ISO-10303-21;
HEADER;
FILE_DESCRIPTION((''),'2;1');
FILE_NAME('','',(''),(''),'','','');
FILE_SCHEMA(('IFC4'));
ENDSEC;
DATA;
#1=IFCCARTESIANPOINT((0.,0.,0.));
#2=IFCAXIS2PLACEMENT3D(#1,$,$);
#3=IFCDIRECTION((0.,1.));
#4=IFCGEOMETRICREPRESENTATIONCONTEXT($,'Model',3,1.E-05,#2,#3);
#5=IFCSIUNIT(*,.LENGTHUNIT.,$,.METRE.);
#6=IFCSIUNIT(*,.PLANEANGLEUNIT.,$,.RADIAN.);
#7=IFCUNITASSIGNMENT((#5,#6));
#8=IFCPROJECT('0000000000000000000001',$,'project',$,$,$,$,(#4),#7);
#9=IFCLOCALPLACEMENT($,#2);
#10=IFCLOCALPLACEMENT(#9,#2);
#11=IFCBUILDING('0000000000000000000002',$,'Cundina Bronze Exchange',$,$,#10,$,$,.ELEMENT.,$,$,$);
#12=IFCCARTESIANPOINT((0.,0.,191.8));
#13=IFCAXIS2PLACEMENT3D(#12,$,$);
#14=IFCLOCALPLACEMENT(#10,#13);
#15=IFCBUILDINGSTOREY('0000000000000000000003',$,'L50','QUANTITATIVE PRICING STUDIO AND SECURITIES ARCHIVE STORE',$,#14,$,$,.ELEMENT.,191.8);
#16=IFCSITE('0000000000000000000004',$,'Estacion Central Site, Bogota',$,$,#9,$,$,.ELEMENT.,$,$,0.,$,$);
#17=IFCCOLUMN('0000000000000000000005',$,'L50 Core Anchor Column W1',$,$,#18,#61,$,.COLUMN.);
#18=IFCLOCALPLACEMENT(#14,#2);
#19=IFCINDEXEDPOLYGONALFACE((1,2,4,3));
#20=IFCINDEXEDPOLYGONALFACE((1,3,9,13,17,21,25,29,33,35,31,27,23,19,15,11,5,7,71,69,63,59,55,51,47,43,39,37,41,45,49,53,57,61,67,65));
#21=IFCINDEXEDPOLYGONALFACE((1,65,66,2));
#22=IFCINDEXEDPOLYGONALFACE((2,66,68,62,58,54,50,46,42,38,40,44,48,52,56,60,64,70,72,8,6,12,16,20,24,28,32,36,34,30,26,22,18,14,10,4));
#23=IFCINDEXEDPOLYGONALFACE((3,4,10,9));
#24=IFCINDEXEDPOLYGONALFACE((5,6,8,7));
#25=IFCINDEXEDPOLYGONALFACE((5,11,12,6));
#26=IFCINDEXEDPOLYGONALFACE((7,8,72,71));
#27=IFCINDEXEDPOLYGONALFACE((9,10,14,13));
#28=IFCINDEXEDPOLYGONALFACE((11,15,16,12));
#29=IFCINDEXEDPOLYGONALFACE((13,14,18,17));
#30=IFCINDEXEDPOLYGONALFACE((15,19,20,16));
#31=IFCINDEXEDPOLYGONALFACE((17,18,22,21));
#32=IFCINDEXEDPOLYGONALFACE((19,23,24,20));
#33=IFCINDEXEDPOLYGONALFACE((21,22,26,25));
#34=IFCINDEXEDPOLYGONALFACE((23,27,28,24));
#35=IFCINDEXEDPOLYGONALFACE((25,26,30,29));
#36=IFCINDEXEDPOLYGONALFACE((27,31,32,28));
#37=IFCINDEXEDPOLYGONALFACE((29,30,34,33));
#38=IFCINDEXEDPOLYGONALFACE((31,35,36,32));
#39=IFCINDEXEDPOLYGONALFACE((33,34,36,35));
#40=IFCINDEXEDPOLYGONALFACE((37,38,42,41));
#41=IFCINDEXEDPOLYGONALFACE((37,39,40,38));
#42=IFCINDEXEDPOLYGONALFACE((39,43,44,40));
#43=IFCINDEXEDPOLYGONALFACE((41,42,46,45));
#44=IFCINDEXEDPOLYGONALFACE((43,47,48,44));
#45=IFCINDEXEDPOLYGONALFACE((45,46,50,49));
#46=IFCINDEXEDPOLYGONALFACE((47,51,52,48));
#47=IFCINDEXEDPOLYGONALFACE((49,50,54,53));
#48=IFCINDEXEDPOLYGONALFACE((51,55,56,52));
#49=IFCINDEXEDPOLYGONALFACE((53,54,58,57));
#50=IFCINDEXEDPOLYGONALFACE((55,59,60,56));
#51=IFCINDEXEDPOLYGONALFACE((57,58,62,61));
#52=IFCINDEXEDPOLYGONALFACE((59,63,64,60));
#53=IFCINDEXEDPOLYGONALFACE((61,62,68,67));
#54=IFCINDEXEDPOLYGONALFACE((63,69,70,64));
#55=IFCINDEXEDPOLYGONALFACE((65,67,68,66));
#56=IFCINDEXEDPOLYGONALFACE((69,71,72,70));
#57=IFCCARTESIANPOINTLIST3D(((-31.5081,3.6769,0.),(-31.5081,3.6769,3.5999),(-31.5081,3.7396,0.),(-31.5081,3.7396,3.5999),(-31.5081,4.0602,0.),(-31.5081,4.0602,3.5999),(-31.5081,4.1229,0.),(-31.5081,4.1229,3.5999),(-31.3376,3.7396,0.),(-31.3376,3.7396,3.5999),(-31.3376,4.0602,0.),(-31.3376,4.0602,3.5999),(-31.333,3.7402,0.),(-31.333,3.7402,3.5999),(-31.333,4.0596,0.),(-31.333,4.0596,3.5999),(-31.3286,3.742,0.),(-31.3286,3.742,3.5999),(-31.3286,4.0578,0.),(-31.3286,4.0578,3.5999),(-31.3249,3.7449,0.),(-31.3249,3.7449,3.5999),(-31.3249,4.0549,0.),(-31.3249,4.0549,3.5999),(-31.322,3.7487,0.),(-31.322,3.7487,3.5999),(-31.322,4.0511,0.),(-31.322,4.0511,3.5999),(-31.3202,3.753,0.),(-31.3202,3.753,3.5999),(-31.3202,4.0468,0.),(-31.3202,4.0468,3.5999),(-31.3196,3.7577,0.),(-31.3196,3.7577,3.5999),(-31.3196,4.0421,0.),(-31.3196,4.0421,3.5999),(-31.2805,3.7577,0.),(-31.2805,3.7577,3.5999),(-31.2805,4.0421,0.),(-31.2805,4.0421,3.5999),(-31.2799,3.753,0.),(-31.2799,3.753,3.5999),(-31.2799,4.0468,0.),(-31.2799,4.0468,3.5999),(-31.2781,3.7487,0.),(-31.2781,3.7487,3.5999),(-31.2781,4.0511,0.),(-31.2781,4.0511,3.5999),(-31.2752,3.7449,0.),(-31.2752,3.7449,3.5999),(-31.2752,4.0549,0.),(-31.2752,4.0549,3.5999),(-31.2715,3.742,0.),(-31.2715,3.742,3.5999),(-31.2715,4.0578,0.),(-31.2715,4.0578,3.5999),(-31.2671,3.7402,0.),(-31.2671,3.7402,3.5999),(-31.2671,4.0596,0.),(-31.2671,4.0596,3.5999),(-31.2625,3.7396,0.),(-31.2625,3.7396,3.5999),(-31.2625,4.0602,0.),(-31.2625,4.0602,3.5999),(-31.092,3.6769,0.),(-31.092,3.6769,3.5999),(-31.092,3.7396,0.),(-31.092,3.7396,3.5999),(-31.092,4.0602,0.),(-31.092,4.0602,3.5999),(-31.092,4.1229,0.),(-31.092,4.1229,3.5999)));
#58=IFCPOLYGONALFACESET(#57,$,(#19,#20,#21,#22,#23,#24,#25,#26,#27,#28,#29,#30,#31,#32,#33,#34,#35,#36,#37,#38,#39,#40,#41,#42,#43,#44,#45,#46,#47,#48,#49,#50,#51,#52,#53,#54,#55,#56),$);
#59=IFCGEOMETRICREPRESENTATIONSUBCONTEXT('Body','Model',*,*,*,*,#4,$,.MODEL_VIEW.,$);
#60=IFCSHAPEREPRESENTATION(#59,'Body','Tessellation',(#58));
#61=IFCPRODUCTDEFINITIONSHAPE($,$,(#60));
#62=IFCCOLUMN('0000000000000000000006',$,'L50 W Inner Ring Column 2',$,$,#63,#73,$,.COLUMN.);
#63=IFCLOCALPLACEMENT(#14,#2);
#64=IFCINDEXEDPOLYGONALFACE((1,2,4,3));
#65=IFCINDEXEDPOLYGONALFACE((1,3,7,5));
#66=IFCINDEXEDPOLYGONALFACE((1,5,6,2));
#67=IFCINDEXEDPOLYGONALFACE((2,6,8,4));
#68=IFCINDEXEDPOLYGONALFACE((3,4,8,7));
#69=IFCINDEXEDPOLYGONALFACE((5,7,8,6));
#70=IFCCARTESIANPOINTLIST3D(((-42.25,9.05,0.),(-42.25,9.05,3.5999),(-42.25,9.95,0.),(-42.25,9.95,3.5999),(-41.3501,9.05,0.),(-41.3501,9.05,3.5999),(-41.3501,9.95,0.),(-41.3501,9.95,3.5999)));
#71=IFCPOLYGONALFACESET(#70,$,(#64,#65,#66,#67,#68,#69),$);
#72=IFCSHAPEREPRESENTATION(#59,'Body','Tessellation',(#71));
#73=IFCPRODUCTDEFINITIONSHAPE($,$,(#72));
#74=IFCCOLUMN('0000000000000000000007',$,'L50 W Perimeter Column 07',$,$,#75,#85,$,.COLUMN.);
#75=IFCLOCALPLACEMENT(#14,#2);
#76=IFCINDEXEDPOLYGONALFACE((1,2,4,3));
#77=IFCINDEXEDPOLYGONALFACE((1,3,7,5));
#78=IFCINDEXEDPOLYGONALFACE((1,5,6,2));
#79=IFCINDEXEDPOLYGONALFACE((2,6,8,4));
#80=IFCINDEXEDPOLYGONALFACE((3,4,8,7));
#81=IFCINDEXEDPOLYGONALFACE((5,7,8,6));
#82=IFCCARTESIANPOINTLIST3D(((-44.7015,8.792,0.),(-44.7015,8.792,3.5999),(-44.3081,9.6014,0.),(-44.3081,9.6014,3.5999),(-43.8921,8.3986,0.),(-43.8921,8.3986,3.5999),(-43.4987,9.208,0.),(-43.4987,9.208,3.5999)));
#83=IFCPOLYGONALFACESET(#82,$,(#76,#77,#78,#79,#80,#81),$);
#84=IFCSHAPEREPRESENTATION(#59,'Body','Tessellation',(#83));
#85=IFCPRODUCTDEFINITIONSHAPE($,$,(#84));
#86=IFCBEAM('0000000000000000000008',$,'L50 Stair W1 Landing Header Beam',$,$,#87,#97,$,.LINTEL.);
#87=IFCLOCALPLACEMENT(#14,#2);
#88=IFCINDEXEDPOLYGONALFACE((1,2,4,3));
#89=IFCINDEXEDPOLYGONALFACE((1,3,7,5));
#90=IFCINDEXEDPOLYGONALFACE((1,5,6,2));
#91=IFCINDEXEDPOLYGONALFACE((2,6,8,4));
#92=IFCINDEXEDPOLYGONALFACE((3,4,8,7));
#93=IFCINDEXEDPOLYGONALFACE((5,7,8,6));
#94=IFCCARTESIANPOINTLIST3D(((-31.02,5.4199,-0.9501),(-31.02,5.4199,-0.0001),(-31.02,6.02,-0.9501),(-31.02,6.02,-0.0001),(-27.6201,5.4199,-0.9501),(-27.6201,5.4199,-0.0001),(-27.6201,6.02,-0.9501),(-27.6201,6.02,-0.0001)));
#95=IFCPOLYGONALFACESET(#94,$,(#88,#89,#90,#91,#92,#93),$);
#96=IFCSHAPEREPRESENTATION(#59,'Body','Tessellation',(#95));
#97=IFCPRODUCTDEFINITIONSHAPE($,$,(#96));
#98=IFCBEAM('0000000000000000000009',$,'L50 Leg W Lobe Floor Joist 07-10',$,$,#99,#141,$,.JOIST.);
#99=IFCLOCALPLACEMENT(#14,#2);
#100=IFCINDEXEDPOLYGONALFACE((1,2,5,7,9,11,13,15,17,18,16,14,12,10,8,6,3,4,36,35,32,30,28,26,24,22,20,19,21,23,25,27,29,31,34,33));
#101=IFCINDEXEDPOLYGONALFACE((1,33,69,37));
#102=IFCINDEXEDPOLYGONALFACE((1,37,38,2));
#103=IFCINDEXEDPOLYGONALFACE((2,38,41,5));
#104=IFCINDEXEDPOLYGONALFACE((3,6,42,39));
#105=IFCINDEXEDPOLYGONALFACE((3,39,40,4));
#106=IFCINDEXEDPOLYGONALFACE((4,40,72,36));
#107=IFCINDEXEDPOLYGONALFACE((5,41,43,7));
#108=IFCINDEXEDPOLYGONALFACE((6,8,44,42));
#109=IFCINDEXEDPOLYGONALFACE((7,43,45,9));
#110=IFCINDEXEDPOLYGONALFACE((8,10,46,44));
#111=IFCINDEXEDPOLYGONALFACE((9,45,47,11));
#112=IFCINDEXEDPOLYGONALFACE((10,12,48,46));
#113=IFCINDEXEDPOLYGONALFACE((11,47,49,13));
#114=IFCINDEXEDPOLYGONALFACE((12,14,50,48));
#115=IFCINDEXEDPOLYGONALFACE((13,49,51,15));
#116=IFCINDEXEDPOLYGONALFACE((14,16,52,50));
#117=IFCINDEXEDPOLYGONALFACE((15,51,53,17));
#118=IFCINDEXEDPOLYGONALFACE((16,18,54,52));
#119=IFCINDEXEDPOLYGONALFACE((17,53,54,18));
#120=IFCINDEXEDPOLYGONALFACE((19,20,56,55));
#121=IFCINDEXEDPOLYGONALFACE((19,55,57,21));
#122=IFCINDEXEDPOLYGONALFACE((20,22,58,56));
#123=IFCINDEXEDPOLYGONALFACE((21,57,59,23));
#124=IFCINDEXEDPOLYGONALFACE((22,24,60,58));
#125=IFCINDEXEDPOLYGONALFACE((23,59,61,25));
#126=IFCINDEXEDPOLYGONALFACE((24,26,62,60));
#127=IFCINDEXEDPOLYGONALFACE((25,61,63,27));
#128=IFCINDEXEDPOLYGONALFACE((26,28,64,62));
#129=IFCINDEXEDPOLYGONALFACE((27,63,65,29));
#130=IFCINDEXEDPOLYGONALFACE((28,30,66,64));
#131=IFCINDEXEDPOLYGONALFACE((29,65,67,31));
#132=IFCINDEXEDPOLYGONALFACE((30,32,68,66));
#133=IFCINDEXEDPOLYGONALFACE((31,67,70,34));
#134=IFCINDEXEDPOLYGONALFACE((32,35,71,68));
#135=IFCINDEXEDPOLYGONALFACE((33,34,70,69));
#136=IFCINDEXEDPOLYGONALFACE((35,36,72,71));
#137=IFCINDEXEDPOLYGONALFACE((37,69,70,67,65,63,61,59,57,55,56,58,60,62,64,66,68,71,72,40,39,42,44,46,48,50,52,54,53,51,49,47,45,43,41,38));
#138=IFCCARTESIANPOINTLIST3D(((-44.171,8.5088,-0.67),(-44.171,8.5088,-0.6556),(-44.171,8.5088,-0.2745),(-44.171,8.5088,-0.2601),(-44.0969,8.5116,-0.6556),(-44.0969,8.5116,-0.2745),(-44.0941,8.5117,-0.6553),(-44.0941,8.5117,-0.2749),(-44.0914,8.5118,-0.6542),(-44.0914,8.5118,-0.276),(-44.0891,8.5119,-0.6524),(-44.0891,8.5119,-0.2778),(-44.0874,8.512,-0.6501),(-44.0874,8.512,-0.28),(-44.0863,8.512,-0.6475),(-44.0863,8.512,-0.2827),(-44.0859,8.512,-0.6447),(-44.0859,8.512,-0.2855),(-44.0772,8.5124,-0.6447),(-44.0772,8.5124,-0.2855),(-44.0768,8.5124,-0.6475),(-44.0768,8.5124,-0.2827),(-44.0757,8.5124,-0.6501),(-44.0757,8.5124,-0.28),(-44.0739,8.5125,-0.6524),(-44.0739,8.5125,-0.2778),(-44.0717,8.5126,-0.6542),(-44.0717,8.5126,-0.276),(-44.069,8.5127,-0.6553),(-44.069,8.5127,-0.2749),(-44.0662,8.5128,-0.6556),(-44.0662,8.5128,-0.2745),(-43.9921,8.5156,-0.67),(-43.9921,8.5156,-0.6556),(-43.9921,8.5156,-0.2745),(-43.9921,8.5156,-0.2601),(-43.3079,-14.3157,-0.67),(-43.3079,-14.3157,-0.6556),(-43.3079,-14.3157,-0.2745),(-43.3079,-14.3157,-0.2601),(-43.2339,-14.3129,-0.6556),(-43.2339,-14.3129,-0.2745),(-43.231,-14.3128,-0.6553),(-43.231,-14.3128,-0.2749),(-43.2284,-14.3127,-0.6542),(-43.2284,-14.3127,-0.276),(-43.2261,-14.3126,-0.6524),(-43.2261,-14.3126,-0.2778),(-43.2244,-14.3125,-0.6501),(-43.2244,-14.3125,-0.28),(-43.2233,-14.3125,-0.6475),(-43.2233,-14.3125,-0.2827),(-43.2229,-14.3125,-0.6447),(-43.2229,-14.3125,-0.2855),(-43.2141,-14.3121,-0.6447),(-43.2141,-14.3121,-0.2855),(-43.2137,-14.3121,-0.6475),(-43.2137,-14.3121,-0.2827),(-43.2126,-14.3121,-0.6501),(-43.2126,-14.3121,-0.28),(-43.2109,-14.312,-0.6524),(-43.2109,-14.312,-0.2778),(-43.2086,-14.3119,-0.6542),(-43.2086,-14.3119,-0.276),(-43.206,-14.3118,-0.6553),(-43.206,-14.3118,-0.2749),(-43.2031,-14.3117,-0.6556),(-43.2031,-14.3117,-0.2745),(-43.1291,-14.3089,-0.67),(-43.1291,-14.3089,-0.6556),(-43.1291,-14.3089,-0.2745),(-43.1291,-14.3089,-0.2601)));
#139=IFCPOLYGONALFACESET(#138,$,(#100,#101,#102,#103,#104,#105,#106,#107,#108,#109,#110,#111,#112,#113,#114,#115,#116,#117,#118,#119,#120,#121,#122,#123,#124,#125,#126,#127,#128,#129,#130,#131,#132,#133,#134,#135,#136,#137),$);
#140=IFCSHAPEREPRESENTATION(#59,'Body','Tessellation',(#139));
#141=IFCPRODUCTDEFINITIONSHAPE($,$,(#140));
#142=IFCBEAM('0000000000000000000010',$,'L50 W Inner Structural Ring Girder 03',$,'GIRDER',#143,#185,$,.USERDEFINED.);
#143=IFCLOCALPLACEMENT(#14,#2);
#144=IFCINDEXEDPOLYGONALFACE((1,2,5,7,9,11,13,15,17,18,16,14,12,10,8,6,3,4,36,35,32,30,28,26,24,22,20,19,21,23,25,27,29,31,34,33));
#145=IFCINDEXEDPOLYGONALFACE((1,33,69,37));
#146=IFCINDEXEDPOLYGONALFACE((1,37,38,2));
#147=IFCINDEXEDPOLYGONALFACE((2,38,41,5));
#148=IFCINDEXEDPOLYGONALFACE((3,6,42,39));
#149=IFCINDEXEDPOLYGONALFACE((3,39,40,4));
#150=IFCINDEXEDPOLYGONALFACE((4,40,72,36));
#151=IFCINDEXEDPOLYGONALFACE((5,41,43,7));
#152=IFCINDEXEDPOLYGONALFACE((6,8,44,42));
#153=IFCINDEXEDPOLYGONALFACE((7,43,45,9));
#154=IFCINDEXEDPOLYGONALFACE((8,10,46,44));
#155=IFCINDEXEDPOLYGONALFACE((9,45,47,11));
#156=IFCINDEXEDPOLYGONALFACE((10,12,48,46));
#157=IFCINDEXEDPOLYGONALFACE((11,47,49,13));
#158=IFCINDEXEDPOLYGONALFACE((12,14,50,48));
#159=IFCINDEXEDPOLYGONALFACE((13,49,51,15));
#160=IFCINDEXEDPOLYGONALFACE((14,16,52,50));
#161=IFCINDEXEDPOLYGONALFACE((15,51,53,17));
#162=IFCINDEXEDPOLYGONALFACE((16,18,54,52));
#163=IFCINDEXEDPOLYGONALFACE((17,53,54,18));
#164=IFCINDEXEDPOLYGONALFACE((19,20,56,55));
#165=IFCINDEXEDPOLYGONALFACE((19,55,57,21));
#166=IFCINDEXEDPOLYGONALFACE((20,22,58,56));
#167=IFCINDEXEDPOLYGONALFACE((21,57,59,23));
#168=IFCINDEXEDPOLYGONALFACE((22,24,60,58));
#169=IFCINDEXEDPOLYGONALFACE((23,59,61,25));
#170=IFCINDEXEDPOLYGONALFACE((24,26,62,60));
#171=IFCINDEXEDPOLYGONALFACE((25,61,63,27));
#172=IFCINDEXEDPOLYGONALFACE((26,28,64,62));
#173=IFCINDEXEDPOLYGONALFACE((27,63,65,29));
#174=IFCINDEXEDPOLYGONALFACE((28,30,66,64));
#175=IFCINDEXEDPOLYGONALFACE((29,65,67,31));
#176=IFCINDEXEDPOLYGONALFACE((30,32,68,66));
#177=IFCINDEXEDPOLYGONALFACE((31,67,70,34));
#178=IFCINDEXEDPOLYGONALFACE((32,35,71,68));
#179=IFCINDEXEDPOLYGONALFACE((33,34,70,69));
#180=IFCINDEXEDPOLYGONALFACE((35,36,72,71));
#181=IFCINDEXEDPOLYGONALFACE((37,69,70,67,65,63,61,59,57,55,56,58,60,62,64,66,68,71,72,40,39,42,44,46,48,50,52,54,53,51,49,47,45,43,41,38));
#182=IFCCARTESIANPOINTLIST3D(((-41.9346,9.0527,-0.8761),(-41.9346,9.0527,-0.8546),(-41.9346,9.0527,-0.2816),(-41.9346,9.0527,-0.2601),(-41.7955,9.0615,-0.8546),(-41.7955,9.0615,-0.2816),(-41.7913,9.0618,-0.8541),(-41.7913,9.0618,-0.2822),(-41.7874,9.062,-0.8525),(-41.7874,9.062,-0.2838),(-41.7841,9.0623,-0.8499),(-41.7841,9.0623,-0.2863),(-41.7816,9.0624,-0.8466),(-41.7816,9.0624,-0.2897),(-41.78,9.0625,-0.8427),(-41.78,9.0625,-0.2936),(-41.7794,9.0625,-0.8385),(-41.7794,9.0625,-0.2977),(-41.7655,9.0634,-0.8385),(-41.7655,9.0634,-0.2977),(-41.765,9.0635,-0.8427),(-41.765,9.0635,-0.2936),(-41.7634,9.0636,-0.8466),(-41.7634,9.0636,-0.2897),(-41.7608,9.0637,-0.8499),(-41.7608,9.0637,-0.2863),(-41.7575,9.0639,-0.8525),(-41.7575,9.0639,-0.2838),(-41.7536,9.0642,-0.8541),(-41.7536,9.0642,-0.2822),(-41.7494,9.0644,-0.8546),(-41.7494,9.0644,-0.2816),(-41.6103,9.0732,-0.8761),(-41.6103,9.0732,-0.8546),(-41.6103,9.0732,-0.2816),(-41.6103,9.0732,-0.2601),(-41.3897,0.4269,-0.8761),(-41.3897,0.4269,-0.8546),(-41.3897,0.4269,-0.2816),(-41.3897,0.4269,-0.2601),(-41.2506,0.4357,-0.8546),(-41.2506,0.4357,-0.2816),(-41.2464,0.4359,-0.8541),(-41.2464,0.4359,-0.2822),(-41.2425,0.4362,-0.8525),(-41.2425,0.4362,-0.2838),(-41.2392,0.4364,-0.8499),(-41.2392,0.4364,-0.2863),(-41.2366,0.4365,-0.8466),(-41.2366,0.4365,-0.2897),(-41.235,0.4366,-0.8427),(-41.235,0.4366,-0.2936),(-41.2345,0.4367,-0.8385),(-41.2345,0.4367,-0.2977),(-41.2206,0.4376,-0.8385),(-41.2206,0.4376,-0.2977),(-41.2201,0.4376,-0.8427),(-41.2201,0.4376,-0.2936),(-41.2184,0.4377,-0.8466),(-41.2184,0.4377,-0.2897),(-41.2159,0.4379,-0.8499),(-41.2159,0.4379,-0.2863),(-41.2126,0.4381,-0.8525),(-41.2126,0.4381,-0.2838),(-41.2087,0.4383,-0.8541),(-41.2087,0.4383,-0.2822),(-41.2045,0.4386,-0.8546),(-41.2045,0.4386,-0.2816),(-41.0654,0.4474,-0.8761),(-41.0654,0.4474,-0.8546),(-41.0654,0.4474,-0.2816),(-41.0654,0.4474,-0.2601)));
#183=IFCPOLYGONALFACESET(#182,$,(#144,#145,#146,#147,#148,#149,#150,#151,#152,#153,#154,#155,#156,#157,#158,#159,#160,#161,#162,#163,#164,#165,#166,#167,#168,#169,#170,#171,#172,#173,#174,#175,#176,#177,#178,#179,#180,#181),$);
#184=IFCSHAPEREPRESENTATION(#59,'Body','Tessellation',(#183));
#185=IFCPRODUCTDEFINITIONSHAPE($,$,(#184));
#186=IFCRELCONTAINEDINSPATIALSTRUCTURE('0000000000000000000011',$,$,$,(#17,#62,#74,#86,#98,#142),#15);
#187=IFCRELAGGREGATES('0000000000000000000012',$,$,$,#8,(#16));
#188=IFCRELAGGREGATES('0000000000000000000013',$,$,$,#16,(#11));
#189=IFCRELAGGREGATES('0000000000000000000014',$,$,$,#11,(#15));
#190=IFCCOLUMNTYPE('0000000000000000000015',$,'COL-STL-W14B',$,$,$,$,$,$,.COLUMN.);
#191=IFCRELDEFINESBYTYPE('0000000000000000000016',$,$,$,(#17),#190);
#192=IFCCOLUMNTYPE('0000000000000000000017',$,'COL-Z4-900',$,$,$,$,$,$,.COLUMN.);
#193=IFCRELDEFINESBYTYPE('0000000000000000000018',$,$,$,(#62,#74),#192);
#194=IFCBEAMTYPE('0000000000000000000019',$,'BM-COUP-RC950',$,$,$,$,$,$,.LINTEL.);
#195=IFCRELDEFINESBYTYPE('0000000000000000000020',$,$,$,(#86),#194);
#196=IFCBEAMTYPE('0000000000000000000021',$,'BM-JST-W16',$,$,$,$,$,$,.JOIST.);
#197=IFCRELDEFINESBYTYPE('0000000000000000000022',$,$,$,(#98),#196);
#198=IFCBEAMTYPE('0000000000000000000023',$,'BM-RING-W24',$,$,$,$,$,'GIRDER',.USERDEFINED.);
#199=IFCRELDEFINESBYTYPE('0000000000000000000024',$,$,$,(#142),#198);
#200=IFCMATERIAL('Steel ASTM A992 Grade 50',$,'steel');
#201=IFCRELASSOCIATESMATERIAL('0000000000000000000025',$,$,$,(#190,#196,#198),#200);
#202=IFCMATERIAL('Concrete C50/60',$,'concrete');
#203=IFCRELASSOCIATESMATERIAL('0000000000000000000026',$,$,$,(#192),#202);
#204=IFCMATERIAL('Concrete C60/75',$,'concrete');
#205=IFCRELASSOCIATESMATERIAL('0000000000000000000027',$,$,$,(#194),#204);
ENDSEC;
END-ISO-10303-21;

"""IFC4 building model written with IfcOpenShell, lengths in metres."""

from ifc_helpers import new_model, si_unit, direction, frame, origin, origin_2d, place, context, subcontext, project, spatial, rectangle, i_section, extrude, material, material_profile, profile_set, type_object, element, save


model = new_model("IFC4")

# Units and contexts
model_context = context("Model", 3, precision=1e-05, world=origin(), true_north=direction((0.0, 1.0)))
body_context = subcontext(model_context, "Body", "Model", "MODEL_VIEW")
ifc_project = project(units=[si_unit("LENGTHUNIT", "METRE"), si_unit("PLANEANGLEUNIT", "RADIAN")], contexts=[model_context])

# Site, building, storey
site_placement = place(None, origin())
site = spatial("IfcSite", under=ifc_project, at=site_placement, Name="Estacion Central Site, Bogota", CompositionType="ELEMENT", RefElevation=0.0)
building_placement = place(site_placement, origin())
building = spatial("IfcBuilding", under=site, at=building_placement, Name="Cundina Bronze Exchange", CompositionType="ELEMENT")
storey_placement = place(building_placement, frame((0.0, 0.0, 191.8)))
storey = spatial("IfcBuildingStorey", under=building, at=storey_placement, Name="L50", Description="QUANTITATIVE PRICING STUDIO AND SECURITIES ARCHIVE STORE", CompositionType="ELEMENT", Elevation=191.8)

# Columns
ifc_material_1 = material(Name="Steel ASTM A992 Grade 50", Category="steel")
ifc_material_profile_1 = material_profile(ifc_material_1, i_section(OverallWidth=0.416, OverallDepth=0.446, WebThickness=0.0391, FlangeThickness=0.0627, FilletRadius=0.0181, at=origin_2d()), Name="W14X342", Category="steel")
ifc_profile_set_1 = profile_set([ifc_material_profile_1], Name="Steel ASTM A992 Grade 50")
column_type_1 = type_object("IfcColumnType", Name="COL-STL-W14B", PredefinedType="COLUMN", material=ifc_profile_set_1)
column_placement = place(storey_placement, frame((-31.3, 3.8999, 0.0), z_axis=(0.0, 0.0, 1.0), x_axis=(1.0, 0.0, 0.0)))
element("IfcColumn", 1, at=column_placement, inside=storey, type_object=column_type_1, Name="L50 Core Anchor Column W1", PredefinedType="COLUMN", context=body_context, shape_type="SweptSolid", body=[
    extrude(i_section(OverallWidth=0.416, OverallDepth=0.446, WebThickness=0.0391, FlangeThickness=0.0627, FilletRadius=0.0181, at=origin_2d()), origin(), (0.0, 0.0, 1.0), 3.5999),
])
ifc_material_2 = material(Name="Concrete C50/60", Category="concrete")
ifc_material_profile_2 = material_profile(ifc_material_2, rectangle(XDim=0.8999, YDim=0.8999, at=origin_2d()), Name="RC900X900", Category="concrete")
ifc_profile_set_2 = profile_set([ifc_material_profile_2], Name="Concrete C50/60")
column_type_2 = type_object("IfcColumnType", Name="COL-Z4-900", PredefinedType="COLUMN", material=ifc_profile_set_2)
for number, where, z_axis, x_axis, name in (
    (2, (-41.8, 9.5, 0.0), (0.0, 0.0, 1.0), (1.0, 0.0, 0.0), "L50 W Inner Ring Column 2"),
    (3, (-44.1001, 9.0, 0.0), (0.0, 0.0, 1.0), (-0.437116, -0.899405, 0.0), "L50 W Perimeter Column 07"),
):
    element("IfcColumn", number, at=place(storey_placement, frame(where, z_axis=z_axis, x_axis=x_axis)), inside=storey, type_object=column_type_2, Name=name, PredefinedType="COLUMN", context=body_context, shape_type="SweptSolid", body=[
        extrude(rectangle(XDim=0.8999, YDim=0.8999, at=origin_2d()), origin(), (0.0, 0.0, 1.0), 3.5999),
    ])

# Beams
ifc_material_3 = material(Name="Concrete C60/75", Category="concrete")
ifc_material_profile_3 = material_profile(ifc_material_3, rectangle(XDim=0.6001, YDim=0.95, at=origin_2d()), Name="RC600X950", Category="concrete")
ifc_profile_set_3 = profile_set([ifc_material_profile_3], Name="Concrete C60/75")
beam_type_1 = type_object("IfcBeamType", Name="BM-COUP-RC950", PredefinedType="LINTEL", material=ifc_profile_set_3)
beam_1_placement = place(storey_placement, frame((-31.02, 5.72, -0.4751), z_axis=(1.0, 0.0, 0.0), x_axis=(0.0, 1.0, 0.0)))
element("IfcBeam", 4, at=beam_1_placement, inside=storey, type_object=beam_type_1, Name="L50 Stair W1 Landing Header Beam", PredefinedType="LINTEL", context=body_context, shape_type="SweptSolid", body=[
    extrude(rectangle(XDim=0.6001, YDim=0.95, at=origin_2d()), origin(), (0.0, 0.0, 1.0), 3.3999),
])
ifc_material_profile_4 = material_profile(ifc_material_1, i_section(OverallWidth=0.179, OverallDepth=0.4099, WebThickness=0.0088, FlangeThickness=0.0144, FilletRadius=0.011, at=origin_2d()), Name="W16X45", Category="steel")
ifc_profile_set_4 = profile_set([ifc_material_profile_4], Name="Steel ASTM A992 Grade 50")
beam_type_2 = type_object("IfcBeamType", Name="BM-JST-W16", PredefinedType="JOIST", material=ifc_profile_set_4)
beam_2_placement = place(storey_placement, frame((-44.0815, 8.5122, -0.4651), z_axis=(0.037785, -0.999286, 0.0), x_axis=(0.999286, 0.037785, 0.0)))
element("IfcBeam", 5, at=beam_2_placement, inside=storey, type_object=beam_type_2, Name="L50 Leg W Lobe Floor Joist 07-10", PredefinedType="JOIST", context=body_context, shape_type="SweptSolid", body=[
    extrude(i_section(OverallWidth=0.179, OverallDepth=0.4099, WebThickness=0.0088, FlangeThickness=0.0144, FilletRadius=0.011, at=origin_2d()), origin(), (0.0, 0.0, 1.0), 22.8408),
])
ifc_material_profile_5 = material_profile(ifc_material_1, i_section(OverallWidth=0.325, OverallDepth=0.616, WebThickness=0.0139, FlangeThickness=0.0215, FilletRadius=0.0161, at=origin_2d()), Name="W24X117", Category="steel")
ifc_profile_set_5 = profile_set([ifc_material_profile_5], Name="Steel ASTM A992 Grade 50")
beam_type_3 = type_object("IfcBeamType", Name="BM-RING-W24", ElementType="GIRDER", PredefinedType="USERDEFINED", material=ifc_profile_set_5)
beam_3_placement = place(storey_placement, frame((-41.7725, 9.063, -0.5681), z_axis=(0.063047, -0.998011, 0.0), x_axis=(0.998011, 0.063047, 0.0)))
element("IfcBeam", 6, at=beam_3_placement, inside=storey, type_object=beam_type_3, Name="L50 W Inner Structural Ring Girder 03", ObjectType="GIRDER", PredefinedType="USERDEFINED", context=body_context, shape_type="SweptSolid", body=[
    extrude(i_section(OverallWidth=0.325, OverallDepth=0.616, WebThickness=0.0139, FlangeThickness=0.0215, FilletRadius=0.0161, at=origin_2d()), origin(), (0.0, 0.0, 1.0), 8.6431),
])

save(model, "model.ifc")
